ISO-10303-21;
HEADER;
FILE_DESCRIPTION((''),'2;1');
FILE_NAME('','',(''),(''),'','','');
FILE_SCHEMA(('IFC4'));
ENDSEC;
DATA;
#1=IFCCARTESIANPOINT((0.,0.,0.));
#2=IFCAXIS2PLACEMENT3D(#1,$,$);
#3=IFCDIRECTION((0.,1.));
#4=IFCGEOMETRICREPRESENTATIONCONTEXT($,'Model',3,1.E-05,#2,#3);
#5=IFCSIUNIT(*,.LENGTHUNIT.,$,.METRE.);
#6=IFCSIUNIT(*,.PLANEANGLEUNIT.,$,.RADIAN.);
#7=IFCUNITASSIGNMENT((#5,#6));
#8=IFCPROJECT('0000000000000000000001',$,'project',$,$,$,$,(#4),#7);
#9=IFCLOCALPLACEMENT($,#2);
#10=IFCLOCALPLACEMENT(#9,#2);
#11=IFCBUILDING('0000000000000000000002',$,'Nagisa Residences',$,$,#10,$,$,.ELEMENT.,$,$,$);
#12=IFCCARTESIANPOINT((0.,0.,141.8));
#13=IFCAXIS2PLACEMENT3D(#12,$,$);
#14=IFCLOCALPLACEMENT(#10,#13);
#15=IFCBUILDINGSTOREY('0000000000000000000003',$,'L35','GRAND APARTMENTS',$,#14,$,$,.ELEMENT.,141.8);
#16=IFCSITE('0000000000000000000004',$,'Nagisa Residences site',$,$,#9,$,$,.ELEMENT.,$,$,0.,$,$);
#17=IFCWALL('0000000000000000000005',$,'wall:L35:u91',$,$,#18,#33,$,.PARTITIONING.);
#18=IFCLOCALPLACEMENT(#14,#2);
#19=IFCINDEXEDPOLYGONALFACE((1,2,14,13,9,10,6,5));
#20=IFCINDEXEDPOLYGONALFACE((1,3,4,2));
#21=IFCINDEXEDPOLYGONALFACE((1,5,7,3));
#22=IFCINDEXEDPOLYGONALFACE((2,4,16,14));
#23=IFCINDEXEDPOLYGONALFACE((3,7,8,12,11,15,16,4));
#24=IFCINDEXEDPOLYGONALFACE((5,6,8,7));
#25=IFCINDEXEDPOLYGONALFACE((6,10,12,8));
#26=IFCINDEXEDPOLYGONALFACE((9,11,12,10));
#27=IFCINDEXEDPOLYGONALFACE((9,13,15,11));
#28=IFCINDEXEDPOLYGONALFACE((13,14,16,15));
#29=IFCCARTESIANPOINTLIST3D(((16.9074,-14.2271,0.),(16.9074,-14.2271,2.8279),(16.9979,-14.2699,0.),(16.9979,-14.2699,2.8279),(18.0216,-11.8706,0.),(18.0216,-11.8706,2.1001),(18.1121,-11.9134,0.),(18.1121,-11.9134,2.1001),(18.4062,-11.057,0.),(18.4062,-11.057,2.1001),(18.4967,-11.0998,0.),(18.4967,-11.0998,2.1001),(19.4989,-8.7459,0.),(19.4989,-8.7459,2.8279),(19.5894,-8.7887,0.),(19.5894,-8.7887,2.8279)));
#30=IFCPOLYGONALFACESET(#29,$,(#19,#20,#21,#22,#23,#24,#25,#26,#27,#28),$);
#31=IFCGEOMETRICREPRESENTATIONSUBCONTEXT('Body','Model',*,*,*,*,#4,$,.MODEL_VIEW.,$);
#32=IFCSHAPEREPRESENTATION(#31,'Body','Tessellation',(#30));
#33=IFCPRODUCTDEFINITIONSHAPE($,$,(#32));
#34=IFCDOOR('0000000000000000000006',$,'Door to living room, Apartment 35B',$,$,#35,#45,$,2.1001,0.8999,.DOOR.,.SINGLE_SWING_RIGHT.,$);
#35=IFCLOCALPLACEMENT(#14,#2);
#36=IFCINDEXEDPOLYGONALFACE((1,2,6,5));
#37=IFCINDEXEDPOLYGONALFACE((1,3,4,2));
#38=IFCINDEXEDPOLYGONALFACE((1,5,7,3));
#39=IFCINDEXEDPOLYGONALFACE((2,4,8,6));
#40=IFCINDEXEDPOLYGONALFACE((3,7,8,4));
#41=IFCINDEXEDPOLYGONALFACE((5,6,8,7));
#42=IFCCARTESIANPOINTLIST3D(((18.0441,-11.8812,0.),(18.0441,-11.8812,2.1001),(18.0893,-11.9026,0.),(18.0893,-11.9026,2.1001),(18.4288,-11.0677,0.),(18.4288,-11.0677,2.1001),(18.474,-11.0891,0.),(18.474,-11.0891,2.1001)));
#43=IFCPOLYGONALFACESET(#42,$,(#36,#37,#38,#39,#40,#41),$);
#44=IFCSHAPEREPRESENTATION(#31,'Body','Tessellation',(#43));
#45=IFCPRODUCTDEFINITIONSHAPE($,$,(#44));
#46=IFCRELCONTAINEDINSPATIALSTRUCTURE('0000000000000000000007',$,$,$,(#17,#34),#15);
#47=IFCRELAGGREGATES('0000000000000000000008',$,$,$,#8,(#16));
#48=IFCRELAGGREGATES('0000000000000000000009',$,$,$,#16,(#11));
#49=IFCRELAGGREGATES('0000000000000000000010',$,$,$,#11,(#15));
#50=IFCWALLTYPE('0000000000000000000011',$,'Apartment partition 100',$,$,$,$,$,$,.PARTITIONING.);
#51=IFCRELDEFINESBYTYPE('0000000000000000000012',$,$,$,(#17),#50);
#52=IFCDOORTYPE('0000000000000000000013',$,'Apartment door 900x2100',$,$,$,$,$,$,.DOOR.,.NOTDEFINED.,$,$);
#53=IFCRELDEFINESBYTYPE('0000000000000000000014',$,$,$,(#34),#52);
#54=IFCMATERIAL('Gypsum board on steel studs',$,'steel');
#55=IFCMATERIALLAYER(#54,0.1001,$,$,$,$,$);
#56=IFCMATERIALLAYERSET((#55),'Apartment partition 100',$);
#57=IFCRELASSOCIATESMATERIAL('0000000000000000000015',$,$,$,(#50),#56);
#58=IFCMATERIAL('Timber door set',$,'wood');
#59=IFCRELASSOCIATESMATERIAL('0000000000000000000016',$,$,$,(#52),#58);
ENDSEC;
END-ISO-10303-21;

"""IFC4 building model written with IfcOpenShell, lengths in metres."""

from ifc_helpers import new_model, si_unit, direction, frame, frame_2d, origin, place, context, subcontext, project, spatial, rectangle, extrude, material, layer, layer_set, type_object, element, fill, save


model = new_model("IFC4")

# Units and contexts
model_context = context("Model", 3, precision=1e-05, world=origin(), true_north=direction((0.0, 1.0)))
body_context = subcontext(model_context, "Body", "Model", "MODEL_VIEW")
ifc_project = project(units=[si_unit("LENGTHUNIT", "METRE"), si_unit("PLANEANGLEUNIT", "RADIAN")], contexts=[model_context])

# Site, building, storey
site_placement = place(None, origin())
site = spatial("IfcSite", under=ifc_project, at=site_placement, Name="Nagisa Residences site", CompositionType="ELEMENT", RefElevation=0.0)
building_placement = place(site_placement, origin())
building = spatial("IfcBuilding", under=site, at=building_placement, Name="Nagisa Residences", CompositionType="ELEMENT")
storey_placement = place(building_placement, frame((0.0, 0.0, 141.8)))
storey = spatial("IfcBuildingStorey", under=building, at=storey_placement, Name="L35", Description="GRAND APARTMENTS", CompositionType="ELEMENT", Elevation=141.8)

# Shared definitions
ifc_material_1 = material(Name="Gypsum board on steel studs", Category="steel")
ifc_layer_1 = layer(ifc_material_1, 0.1001)
ifc_layer_set_1 = layer_set([ifc_layer_1], Name="Apartment partition 100")
wall_type_1 = type_object("IfcWallType", Name="Apartment partition 100", PredefinedType="PARTITIONING", material=ifc_layer_set_1)
ifc_material_2 = material(Name="Timber door set", Category="wood")
door_type_1 = type_object("IfcDoorType", Name="Apartment door 900x2100", OperationType="NOTDEFINED", PredefinedType="DOOR", material=ifc_material_2)

# Wall, opening, door
wall_1_placement = place(storey_placement, frame((16.9526, -14.2485, 0.0), z_axis=(0.0, 0.0, 1.0), x_axis=(0.427439, 0.904044, 0.0)))
wall_1 = element("IfcWall", 1, at=wall_1_placement, inside=storey, type_object=wall_type_1, Name="wall:L35:u91", PredefinedType="PARTITIONING", context=body_context, shape_type="SweptSolid", body=[
    extrude(rectangle(XDim=6.063, YDim=0.1001, at=frame_2d((3.0315, 0.0))), origin(), (0.0, 0.0, 1.0), 2.8279),
])
opening_1_placement = place(wall_1_placement, frame((2.6067, 0.0, 0.0)))
opening_1 = element("IfcOpeningElement", 2, at=opening_1_placement, cuts=wall_1, PredefinedType="OPENING", context=body_context, shape_type="SweptSolid", body=[
    extrude(rectangle(XDim=0.8999, YDim=2.1001, at=frame_2d((0.45, 1.05))), frame((0.0, 0.0601, 0.0), z_axis=(0.0, -1.0, 0.0), x_axis=(1.0, 0.0, 0.0)), (0.0, 0.0, 1.0), 0.1201),
])
door_1_placement = place(opening_1_placement, frame((0.8999, 0.0, 0.0), x_axis=(-1.0, 0.0, 0.0)))
door_1 = element("IfcDoor", 3, at=door_1_placement, inside=storey, type_object=door_type_1, Name="Door to living room, Apartment 35B", OperationType="SINGLE_SWING_RIGHT", OverallHeight=2.1001, OverallWidth=0.8999, PredefinedType="DOOR", context=body_context, shape_type="SweptSolid", body=[
    extrude(rectangle(XDim=0.8999, YDim=2.1001, at=frame_2d((0.45, 1.05))), frame((0.0, 0.0249, 0.0), z_axis=(0.0, -1.0, 0.0), x_axis=(1.0, 0.0, 0.0)), (0.0, 0.0, 1.0), 0.05),
])
fill(opening_1, door_1)

save(model, "model.ifc")
